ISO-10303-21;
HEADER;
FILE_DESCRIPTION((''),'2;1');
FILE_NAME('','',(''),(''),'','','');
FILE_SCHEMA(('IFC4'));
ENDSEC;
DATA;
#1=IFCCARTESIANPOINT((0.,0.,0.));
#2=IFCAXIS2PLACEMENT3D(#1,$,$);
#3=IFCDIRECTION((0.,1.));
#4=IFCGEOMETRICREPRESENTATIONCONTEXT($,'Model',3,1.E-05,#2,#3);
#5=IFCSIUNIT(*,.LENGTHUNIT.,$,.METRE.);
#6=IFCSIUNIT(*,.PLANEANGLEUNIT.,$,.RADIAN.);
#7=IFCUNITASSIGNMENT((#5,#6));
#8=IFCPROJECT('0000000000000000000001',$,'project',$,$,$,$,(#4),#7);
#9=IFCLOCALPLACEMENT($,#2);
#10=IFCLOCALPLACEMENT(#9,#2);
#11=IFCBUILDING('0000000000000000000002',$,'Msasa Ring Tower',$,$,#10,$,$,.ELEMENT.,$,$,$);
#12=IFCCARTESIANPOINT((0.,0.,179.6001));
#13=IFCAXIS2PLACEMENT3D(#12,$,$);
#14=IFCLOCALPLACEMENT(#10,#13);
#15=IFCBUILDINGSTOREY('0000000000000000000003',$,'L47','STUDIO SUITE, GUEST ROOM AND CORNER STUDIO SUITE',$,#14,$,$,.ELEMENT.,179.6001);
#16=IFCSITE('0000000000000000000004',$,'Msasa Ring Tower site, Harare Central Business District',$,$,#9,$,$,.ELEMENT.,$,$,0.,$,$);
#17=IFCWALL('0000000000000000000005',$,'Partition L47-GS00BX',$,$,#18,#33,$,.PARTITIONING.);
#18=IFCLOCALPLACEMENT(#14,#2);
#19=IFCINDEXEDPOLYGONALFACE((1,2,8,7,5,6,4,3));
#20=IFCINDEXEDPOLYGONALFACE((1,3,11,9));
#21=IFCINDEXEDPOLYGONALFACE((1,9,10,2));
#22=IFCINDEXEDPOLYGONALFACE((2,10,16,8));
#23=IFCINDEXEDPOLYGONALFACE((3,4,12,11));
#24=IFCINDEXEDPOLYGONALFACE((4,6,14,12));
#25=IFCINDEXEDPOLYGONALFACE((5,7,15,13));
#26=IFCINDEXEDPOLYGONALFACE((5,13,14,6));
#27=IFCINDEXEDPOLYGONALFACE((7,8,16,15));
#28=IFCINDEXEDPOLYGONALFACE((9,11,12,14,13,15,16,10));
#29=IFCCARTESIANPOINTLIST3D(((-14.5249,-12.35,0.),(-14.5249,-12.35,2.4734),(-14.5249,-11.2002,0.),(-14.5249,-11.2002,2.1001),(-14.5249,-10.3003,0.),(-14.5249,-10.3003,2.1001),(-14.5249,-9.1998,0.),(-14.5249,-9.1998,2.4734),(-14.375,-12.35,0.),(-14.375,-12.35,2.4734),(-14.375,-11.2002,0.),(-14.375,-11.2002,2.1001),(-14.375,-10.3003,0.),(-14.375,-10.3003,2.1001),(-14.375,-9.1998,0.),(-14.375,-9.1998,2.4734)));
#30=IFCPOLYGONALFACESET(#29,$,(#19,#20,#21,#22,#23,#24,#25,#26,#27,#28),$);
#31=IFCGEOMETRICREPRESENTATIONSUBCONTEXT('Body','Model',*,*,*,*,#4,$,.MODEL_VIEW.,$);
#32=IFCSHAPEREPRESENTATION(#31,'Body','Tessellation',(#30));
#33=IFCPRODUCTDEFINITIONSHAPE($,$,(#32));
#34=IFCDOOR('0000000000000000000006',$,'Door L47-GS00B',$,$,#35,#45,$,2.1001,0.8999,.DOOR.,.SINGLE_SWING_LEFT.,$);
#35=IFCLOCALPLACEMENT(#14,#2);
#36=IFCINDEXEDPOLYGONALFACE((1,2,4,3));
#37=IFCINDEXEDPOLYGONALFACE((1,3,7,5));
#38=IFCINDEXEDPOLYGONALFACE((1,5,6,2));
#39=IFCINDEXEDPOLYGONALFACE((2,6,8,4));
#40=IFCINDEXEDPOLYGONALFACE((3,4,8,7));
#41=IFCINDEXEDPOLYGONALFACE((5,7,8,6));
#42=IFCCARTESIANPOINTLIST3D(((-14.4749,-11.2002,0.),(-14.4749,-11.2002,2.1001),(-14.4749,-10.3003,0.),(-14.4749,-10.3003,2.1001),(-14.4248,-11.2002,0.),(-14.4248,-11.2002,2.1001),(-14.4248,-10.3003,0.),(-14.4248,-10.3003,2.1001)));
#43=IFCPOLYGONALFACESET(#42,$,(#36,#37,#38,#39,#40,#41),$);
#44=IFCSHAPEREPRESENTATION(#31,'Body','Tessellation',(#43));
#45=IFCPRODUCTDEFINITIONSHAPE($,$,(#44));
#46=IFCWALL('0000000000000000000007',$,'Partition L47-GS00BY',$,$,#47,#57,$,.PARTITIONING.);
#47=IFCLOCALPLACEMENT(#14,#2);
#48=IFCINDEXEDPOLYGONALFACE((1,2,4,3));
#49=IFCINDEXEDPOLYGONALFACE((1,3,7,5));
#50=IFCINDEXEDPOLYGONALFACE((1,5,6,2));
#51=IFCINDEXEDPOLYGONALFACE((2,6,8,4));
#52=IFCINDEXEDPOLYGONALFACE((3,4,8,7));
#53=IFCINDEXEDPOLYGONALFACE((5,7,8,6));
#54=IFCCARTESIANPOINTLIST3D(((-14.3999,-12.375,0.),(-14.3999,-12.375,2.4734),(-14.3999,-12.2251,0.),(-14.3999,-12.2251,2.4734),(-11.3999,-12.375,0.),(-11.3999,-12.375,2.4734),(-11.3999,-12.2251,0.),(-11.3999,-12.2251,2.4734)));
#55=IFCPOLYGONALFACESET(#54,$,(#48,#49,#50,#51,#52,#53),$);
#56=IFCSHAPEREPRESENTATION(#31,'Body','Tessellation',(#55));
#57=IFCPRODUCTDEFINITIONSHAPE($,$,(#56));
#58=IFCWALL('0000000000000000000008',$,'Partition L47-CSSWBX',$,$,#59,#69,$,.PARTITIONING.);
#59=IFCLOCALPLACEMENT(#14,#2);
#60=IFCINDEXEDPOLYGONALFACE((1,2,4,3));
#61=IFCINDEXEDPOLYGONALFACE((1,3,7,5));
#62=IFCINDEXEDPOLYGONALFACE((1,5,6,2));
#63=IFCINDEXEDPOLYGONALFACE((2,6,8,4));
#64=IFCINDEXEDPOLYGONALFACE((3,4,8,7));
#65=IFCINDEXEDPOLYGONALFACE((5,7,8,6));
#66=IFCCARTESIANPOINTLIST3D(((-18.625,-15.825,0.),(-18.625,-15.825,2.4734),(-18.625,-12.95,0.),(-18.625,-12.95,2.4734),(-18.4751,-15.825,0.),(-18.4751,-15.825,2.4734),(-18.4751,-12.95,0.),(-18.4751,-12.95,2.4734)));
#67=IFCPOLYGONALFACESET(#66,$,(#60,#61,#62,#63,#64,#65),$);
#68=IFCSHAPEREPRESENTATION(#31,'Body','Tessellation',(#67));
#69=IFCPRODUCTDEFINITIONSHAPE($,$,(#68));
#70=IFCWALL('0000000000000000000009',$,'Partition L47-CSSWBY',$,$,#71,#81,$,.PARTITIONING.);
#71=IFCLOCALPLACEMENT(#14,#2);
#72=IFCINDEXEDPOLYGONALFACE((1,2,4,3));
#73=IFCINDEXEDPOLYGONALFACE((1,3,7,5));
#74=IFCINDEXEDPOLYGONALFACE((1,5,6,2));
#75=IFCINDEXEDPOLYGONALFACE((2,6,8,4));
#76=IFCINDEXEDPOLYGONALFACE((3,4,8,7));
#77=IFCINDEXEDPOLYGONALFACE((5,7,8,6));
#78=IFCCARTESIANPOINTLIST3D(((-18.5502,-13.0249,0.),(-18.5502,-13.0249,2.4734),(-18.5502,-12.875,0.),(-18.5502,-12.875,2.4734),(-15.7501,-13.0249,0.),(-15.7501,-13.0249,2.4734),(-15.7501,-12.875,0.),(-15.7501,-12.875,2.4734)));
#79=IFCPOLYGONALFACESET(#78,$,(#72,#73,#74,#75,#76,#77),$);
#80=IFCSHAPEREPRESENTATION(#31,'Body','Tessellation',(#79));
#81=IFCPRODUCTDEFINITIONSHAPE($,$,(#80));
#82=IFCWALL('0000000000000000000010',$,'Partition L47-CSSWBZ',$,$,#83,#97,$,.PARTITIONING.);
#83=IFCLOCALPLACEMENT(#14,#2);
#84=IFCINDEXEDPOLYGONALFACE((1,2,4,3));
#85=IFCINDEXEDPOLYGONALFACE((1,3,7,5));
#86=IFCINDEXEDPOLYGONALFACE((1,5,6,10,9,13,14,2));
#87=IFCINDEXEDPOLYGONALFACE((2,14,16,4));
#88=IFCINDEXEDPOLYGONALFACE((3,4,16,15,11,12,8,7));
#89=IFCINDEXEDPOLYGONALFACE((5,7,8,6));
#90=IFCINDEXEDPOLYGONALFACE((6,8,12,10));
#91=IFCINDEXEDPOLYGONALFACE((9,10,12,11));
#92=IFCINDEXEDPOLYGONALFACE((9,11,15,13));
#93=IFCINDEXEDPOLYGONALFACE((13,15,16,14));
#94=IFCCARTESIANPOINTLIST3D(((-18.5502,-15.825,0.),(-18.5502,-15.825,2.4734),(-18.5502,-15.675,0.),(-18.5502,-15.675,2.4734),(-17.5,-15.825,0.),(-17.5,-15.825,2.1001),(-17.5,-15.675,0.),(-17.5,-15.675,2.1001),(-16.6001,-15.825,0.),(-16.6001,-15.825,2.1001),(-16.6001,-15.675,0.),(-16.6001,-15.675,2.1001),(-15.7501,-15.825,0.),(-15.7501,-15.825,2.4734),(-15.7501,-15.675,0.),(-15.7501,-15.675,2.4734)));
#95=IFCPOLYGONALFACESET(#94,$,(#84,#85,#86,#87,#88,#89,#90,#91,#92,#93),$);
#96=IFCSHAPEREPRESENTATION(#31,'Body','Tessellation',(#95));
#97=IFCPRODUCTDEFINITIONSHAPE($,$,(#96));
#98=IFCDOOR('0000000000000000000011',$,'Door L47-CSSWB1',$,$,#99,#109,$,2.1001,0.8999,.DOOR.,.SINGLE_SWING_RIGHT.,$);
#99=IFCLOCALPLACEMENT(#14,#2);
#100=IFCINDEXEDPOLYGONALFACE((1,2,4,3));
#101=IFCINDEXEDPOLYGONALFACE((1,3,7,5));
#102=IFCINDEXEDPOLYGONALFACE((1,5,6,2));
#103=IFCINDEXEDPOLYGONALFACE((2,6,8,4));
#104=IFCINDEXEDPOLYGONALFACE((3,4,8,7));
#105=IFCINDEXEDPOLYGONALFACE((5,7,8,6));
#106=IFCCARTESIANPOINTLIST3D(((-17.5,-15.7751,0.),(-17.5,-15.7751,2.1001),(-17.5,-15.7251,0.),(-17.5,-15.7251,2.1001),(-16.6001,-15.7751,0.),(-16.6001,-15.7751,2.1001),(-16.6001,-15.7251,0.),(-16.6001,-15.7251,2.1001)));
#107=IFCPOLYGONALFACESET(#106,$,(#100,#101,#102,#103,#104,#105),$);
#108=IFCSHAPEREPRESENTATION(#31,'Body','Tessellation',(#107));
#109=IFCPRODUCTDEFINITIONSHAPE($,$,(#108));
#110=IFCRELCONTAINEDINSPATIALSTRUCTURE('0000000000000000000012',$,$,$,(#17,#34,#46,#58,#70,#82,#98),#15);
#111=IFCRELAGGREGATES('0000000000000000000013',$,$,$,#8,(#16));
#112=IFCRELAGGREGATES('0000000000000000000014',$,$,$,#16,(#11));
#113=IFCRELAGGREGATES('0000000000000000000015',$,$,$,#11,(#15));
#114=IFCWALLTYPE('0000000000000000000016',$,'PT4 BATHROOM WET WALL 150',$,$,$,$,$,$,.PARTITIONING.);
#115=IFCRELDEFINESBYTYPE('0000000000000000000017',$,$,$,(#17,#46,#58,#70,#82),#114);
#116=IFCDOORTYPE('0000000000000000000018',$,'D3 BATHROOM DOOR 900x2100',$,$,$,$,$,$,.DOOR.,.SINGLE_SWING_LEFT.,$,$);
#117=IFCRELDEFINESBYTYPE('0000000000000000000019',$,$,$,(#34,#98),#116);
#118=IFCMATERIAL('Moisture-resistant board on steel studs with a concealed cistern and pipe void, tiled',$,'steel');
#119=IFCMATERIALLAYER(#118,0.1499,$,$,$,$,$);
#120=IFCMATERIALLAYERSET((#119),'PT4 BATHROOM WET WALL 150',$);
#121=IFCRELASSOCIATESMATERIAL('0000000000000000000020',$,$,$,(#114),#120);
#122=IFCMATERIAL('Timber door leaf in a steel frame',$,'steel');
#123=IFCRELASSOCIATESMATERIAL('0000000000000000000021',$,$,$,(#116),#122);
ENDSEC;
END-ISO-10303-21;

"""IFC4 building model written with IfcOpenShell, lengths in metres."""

from ifc_helpers import new_model, si_unit, direction, frame, frame_2d, origin, place, context, subcontext, project, spatial, rectangle, extrude, material, layer, layer_set, type_object, element, fill, save


model = new_model("IFC4")

# Units and contexts
model_context = context("Model", 3, precision=1e-05, world=origin(), true_north=direction((0.0, 1.0)))
body_context = subcontext(model_context, "Body", "Model", "MODEL_VIEW")
ifc_project = project(units=[si_unit("LENGTHUNIT", "METRE"), si_unit("PLANEANGLEUNIT", "RADIAN")], contexts=[model_context])

# Site, building, storey
site_placement = place(None, origin())
site = spatial("IfcSite", under=ifc_project, at=site_placement, Name="Msasa Ring Tower site, Harare Central Business District", CompositionType="ELEMENT", RefElevation=0.0)
building_placement = place(site_placement, origin())
building = spatial("IfcBuilding", under=site, at=building_placement, Name="Msasa Ring Tower", CompositionType="ELEMENT")
storey_placement = place(building_placement, frame((0.0, 0.0, 179.6001)))
storey = spatial("IfcBuildingStorey", under=building, at=storey_placement, Name="L47", Description="STUDIO SUITE, GUEST ROOM AND CORNER STUDIO SUITE", CompositionType="ELEMENT", Elevation=179.6001)

# Wall, opening, door
ifc_material_1 = material(Name="Moisture-resistant board on steel studs with a concealed cistern and pipe void, tiled", Category="steel")
ifc_layer_1 = layer(ifc_material_1, 0.1499)
ifc_layer_set_1 = layer_set([ifc_layer_1], Name="PT4 BATHROOM WET WALL 150")
wall_type_1 = type_object("IfcWallType", Name="PT4 BATHROOM WET WALL 150", PredefinedType="PARTITIONING", material=ifc_layer_set_1)
wall_1_placement = place(storey_placement, frame((-14.45, -12.3501, 0.0), z_axis=(0.0, 0.0, 1.0), x_axis=(0.0, 1.0, 0.0)))
wall_1 = element("IfcWall", 1, at=wall_1_placement, inside=storey, type_object=wall_type_1, Name="Partition L47-GS00BX", PredefinedType="PARTITIONING", context=body_context, shape_type="SweptSolid", body=[
    extrude(rectangle(XDim=3.1501, YDim=0.1499, at=frame_2d((1.5752, 0.0))), origin(), (0.0, 0.0, 1.0), 2.4734),
])
opening_1_placement = place(wall_1_placement, frame((1.1499, 0.0, 0.0)))
opening_1 = element("IfcOpeningElement", 2, at=opening_1_placement, cuts=wall_1, PredefinedType="OPENING", context=body_context, shape_type="SweptSolid", body=[
    extrude(rectangle(XDim=0.8999, YDim=2.1001, at=frame_2d((0.45, 1.05))), frame((0.0, 0.085, 0.0), z_axis=(0.0, -1.0, 0.0), x_axis=(1.0, 0.0, 0.0)), (0.0, 0.0, 1.0), 0.1699),
])
ifc_material_2 = material(Name="Timber door leaf in a steel frame", Category="steel")
door_type_1 = type_object("IfcDoorType", Name="D3 BATHROOM DOOR 900x2100", OperationType="SINGLE_SWING_LEFT", PredefinedType="DOOR", material=ifc_material_2)
door_1_placement = place(opening_1_placement, origin())
door_1 = element("IfcDoor", 3, at=door_1_placement, inside=storey, type_object=door_type_1, Name="Door L47-GS00B", OperationType="SINGLE_SWING_LEFT", OverallHeight=2.1001, OverallWidth=0.8999, PredefinedType="DOOR", context=body_context, shape_type="SweptSolid", body=[
    extrude(rectangle(XDim=0.8999, YDim=2.1001, at=frame_2d((0.45, 1.05))), frame((0.0, 0.0249, 0.0), z_axis=(0.0, -1.0, 0.0), x_axis=(1.0, 0.0, 0.0)), (0.0, 0.0, 1.0), 0.05),
])
fill(opening_1, door_1)

# Walls
wall_2_placement = place(storey_placement, frame((-14.3999, -12.3, 0.0), z_axis=(0.0, 0.0, 1.0), x_axis=(1.0, 0.0, 0.0)))
element("IfcWall", 4, at=wall_2_placement, inside=storey, type_object=wall_type_1, Name="Partition L47-GS00BY", PredefinedType="PARTITIONING", context=body_context, shape_type="SweptSolid", body=[
    extrude(rectangle(XDim=3.0, YDim=0.1499, at=frame_2d((1.5, 0.0))), origin(), (0.0, 0.0, 1.0), 2.4734),
])
wall_3_placement = place(storey_placement, frame((-18.55, -15.825, 0.0), z_axis=(0.0, 0.0, 1.0), x_axis=(0.0, 1.0, 0.0)))
element("IfcWall", 5, at=wall_3_placement, inside=storey, type_object=wall_type_1, Name="Partition L47-CSSWBX", PredefinedType="PARTITIONING", context=body_context, shape_type="SweptSolid", body=[
    extrude(rectangle(XDim=2.875, YDim=0.1499, at=frame_2d((1.4375, 0.0))), origin(), (0.0, 0.0, 1.0), 2.4734),
])
wall_4_placement = place(storey_placement, frame((-18.55, -12.95, 0.0), z_axis=(0.0, 0.0, 1.0), x_axis=(1.0, 0.0, 0.0)))
element("IfcWall", 6, at=wall_4_placement, inside=storey, type_object=wall_type_1, Name="Partition L47-CSSWBY", PredefinedType="PARTITIONING", context=body_context, shape_type="SweptSolid", body=[
    extrude(rectangle(XDim=2.8, YDim=0.1499, at=frame_2d((1.3999, 0.0))), origin(), (0.0, 0.0, 1.0), 2.4734),
])

# Wall, opening, door
wall_5_placement = place(storey_placement, frame((-18.55, -15.75, 0.0), z_axis=(0.0, 0.0, 1.0), x_axis=(1.0, 0.0, 0.0)))
wall_5 = element("IfcWall", 7, at=wall_5_placement, inside=storey, type_object=wall_type_1, Name="Partition L47-CSSWBZ", PredefinedType="PARTITIONING", context=body_context, shape_type="SweptSolid", body=[
    extrude(rectangle(XDim=2.8, YDim=0.1499, at=frame_2d((1.3999, 0.0))), origin(), (0.0, 0.0, 1.0), 2.4734),
])
opening_2_placement = place(wall_5_placement, frame((1.05, 0.0, 0.0)))
opening_2 = element("IfcOpeningElement", 8, at=opening_2_placement, cuts=wall_5, PredefinedType="OPENING", context=body_context, shape_type="SweptSolid", body=[
    extrude(rectangle(XDim=0.8999, YDim=2.1001, at=frame_2d((0.45, 1.05))), frame((0.0, 0.085, 0.0), z_axis=(0.0, -1.0, 0.0), x_axis=(1.0, 0.0, 0.0)), (0.0, 0.0, 1.0), 0.1699),
])
door_2_placement = place(opening_2_placement, origin())
door_2 = element("IfcDoor", 9, at=door_2_placement, inside=storey, type_object=door_type_1, Name="Door L47-CSSWB1", OperationType="SINGLE_SWING_RIGHT", OverallHeight=2.1001, OverallWidth=0.8999, PredefinedType="DOOR", context=body_context, shape_type="SweptSolid", body=[
    extrude(rectangle(XDim=0.8999, YDim=2.1001, at=frame_2d((0.45, 1.05))), frame((0.0, 0.0249, 0.0), z_axis=(0.0, -1.0, 0.0), x_axis=(1.0, 0.0, 0.0)), (0.0, 0.0, 1.0), 0.05),
])
fill(opening_2, door_2)

save(model, "model.ifc")
